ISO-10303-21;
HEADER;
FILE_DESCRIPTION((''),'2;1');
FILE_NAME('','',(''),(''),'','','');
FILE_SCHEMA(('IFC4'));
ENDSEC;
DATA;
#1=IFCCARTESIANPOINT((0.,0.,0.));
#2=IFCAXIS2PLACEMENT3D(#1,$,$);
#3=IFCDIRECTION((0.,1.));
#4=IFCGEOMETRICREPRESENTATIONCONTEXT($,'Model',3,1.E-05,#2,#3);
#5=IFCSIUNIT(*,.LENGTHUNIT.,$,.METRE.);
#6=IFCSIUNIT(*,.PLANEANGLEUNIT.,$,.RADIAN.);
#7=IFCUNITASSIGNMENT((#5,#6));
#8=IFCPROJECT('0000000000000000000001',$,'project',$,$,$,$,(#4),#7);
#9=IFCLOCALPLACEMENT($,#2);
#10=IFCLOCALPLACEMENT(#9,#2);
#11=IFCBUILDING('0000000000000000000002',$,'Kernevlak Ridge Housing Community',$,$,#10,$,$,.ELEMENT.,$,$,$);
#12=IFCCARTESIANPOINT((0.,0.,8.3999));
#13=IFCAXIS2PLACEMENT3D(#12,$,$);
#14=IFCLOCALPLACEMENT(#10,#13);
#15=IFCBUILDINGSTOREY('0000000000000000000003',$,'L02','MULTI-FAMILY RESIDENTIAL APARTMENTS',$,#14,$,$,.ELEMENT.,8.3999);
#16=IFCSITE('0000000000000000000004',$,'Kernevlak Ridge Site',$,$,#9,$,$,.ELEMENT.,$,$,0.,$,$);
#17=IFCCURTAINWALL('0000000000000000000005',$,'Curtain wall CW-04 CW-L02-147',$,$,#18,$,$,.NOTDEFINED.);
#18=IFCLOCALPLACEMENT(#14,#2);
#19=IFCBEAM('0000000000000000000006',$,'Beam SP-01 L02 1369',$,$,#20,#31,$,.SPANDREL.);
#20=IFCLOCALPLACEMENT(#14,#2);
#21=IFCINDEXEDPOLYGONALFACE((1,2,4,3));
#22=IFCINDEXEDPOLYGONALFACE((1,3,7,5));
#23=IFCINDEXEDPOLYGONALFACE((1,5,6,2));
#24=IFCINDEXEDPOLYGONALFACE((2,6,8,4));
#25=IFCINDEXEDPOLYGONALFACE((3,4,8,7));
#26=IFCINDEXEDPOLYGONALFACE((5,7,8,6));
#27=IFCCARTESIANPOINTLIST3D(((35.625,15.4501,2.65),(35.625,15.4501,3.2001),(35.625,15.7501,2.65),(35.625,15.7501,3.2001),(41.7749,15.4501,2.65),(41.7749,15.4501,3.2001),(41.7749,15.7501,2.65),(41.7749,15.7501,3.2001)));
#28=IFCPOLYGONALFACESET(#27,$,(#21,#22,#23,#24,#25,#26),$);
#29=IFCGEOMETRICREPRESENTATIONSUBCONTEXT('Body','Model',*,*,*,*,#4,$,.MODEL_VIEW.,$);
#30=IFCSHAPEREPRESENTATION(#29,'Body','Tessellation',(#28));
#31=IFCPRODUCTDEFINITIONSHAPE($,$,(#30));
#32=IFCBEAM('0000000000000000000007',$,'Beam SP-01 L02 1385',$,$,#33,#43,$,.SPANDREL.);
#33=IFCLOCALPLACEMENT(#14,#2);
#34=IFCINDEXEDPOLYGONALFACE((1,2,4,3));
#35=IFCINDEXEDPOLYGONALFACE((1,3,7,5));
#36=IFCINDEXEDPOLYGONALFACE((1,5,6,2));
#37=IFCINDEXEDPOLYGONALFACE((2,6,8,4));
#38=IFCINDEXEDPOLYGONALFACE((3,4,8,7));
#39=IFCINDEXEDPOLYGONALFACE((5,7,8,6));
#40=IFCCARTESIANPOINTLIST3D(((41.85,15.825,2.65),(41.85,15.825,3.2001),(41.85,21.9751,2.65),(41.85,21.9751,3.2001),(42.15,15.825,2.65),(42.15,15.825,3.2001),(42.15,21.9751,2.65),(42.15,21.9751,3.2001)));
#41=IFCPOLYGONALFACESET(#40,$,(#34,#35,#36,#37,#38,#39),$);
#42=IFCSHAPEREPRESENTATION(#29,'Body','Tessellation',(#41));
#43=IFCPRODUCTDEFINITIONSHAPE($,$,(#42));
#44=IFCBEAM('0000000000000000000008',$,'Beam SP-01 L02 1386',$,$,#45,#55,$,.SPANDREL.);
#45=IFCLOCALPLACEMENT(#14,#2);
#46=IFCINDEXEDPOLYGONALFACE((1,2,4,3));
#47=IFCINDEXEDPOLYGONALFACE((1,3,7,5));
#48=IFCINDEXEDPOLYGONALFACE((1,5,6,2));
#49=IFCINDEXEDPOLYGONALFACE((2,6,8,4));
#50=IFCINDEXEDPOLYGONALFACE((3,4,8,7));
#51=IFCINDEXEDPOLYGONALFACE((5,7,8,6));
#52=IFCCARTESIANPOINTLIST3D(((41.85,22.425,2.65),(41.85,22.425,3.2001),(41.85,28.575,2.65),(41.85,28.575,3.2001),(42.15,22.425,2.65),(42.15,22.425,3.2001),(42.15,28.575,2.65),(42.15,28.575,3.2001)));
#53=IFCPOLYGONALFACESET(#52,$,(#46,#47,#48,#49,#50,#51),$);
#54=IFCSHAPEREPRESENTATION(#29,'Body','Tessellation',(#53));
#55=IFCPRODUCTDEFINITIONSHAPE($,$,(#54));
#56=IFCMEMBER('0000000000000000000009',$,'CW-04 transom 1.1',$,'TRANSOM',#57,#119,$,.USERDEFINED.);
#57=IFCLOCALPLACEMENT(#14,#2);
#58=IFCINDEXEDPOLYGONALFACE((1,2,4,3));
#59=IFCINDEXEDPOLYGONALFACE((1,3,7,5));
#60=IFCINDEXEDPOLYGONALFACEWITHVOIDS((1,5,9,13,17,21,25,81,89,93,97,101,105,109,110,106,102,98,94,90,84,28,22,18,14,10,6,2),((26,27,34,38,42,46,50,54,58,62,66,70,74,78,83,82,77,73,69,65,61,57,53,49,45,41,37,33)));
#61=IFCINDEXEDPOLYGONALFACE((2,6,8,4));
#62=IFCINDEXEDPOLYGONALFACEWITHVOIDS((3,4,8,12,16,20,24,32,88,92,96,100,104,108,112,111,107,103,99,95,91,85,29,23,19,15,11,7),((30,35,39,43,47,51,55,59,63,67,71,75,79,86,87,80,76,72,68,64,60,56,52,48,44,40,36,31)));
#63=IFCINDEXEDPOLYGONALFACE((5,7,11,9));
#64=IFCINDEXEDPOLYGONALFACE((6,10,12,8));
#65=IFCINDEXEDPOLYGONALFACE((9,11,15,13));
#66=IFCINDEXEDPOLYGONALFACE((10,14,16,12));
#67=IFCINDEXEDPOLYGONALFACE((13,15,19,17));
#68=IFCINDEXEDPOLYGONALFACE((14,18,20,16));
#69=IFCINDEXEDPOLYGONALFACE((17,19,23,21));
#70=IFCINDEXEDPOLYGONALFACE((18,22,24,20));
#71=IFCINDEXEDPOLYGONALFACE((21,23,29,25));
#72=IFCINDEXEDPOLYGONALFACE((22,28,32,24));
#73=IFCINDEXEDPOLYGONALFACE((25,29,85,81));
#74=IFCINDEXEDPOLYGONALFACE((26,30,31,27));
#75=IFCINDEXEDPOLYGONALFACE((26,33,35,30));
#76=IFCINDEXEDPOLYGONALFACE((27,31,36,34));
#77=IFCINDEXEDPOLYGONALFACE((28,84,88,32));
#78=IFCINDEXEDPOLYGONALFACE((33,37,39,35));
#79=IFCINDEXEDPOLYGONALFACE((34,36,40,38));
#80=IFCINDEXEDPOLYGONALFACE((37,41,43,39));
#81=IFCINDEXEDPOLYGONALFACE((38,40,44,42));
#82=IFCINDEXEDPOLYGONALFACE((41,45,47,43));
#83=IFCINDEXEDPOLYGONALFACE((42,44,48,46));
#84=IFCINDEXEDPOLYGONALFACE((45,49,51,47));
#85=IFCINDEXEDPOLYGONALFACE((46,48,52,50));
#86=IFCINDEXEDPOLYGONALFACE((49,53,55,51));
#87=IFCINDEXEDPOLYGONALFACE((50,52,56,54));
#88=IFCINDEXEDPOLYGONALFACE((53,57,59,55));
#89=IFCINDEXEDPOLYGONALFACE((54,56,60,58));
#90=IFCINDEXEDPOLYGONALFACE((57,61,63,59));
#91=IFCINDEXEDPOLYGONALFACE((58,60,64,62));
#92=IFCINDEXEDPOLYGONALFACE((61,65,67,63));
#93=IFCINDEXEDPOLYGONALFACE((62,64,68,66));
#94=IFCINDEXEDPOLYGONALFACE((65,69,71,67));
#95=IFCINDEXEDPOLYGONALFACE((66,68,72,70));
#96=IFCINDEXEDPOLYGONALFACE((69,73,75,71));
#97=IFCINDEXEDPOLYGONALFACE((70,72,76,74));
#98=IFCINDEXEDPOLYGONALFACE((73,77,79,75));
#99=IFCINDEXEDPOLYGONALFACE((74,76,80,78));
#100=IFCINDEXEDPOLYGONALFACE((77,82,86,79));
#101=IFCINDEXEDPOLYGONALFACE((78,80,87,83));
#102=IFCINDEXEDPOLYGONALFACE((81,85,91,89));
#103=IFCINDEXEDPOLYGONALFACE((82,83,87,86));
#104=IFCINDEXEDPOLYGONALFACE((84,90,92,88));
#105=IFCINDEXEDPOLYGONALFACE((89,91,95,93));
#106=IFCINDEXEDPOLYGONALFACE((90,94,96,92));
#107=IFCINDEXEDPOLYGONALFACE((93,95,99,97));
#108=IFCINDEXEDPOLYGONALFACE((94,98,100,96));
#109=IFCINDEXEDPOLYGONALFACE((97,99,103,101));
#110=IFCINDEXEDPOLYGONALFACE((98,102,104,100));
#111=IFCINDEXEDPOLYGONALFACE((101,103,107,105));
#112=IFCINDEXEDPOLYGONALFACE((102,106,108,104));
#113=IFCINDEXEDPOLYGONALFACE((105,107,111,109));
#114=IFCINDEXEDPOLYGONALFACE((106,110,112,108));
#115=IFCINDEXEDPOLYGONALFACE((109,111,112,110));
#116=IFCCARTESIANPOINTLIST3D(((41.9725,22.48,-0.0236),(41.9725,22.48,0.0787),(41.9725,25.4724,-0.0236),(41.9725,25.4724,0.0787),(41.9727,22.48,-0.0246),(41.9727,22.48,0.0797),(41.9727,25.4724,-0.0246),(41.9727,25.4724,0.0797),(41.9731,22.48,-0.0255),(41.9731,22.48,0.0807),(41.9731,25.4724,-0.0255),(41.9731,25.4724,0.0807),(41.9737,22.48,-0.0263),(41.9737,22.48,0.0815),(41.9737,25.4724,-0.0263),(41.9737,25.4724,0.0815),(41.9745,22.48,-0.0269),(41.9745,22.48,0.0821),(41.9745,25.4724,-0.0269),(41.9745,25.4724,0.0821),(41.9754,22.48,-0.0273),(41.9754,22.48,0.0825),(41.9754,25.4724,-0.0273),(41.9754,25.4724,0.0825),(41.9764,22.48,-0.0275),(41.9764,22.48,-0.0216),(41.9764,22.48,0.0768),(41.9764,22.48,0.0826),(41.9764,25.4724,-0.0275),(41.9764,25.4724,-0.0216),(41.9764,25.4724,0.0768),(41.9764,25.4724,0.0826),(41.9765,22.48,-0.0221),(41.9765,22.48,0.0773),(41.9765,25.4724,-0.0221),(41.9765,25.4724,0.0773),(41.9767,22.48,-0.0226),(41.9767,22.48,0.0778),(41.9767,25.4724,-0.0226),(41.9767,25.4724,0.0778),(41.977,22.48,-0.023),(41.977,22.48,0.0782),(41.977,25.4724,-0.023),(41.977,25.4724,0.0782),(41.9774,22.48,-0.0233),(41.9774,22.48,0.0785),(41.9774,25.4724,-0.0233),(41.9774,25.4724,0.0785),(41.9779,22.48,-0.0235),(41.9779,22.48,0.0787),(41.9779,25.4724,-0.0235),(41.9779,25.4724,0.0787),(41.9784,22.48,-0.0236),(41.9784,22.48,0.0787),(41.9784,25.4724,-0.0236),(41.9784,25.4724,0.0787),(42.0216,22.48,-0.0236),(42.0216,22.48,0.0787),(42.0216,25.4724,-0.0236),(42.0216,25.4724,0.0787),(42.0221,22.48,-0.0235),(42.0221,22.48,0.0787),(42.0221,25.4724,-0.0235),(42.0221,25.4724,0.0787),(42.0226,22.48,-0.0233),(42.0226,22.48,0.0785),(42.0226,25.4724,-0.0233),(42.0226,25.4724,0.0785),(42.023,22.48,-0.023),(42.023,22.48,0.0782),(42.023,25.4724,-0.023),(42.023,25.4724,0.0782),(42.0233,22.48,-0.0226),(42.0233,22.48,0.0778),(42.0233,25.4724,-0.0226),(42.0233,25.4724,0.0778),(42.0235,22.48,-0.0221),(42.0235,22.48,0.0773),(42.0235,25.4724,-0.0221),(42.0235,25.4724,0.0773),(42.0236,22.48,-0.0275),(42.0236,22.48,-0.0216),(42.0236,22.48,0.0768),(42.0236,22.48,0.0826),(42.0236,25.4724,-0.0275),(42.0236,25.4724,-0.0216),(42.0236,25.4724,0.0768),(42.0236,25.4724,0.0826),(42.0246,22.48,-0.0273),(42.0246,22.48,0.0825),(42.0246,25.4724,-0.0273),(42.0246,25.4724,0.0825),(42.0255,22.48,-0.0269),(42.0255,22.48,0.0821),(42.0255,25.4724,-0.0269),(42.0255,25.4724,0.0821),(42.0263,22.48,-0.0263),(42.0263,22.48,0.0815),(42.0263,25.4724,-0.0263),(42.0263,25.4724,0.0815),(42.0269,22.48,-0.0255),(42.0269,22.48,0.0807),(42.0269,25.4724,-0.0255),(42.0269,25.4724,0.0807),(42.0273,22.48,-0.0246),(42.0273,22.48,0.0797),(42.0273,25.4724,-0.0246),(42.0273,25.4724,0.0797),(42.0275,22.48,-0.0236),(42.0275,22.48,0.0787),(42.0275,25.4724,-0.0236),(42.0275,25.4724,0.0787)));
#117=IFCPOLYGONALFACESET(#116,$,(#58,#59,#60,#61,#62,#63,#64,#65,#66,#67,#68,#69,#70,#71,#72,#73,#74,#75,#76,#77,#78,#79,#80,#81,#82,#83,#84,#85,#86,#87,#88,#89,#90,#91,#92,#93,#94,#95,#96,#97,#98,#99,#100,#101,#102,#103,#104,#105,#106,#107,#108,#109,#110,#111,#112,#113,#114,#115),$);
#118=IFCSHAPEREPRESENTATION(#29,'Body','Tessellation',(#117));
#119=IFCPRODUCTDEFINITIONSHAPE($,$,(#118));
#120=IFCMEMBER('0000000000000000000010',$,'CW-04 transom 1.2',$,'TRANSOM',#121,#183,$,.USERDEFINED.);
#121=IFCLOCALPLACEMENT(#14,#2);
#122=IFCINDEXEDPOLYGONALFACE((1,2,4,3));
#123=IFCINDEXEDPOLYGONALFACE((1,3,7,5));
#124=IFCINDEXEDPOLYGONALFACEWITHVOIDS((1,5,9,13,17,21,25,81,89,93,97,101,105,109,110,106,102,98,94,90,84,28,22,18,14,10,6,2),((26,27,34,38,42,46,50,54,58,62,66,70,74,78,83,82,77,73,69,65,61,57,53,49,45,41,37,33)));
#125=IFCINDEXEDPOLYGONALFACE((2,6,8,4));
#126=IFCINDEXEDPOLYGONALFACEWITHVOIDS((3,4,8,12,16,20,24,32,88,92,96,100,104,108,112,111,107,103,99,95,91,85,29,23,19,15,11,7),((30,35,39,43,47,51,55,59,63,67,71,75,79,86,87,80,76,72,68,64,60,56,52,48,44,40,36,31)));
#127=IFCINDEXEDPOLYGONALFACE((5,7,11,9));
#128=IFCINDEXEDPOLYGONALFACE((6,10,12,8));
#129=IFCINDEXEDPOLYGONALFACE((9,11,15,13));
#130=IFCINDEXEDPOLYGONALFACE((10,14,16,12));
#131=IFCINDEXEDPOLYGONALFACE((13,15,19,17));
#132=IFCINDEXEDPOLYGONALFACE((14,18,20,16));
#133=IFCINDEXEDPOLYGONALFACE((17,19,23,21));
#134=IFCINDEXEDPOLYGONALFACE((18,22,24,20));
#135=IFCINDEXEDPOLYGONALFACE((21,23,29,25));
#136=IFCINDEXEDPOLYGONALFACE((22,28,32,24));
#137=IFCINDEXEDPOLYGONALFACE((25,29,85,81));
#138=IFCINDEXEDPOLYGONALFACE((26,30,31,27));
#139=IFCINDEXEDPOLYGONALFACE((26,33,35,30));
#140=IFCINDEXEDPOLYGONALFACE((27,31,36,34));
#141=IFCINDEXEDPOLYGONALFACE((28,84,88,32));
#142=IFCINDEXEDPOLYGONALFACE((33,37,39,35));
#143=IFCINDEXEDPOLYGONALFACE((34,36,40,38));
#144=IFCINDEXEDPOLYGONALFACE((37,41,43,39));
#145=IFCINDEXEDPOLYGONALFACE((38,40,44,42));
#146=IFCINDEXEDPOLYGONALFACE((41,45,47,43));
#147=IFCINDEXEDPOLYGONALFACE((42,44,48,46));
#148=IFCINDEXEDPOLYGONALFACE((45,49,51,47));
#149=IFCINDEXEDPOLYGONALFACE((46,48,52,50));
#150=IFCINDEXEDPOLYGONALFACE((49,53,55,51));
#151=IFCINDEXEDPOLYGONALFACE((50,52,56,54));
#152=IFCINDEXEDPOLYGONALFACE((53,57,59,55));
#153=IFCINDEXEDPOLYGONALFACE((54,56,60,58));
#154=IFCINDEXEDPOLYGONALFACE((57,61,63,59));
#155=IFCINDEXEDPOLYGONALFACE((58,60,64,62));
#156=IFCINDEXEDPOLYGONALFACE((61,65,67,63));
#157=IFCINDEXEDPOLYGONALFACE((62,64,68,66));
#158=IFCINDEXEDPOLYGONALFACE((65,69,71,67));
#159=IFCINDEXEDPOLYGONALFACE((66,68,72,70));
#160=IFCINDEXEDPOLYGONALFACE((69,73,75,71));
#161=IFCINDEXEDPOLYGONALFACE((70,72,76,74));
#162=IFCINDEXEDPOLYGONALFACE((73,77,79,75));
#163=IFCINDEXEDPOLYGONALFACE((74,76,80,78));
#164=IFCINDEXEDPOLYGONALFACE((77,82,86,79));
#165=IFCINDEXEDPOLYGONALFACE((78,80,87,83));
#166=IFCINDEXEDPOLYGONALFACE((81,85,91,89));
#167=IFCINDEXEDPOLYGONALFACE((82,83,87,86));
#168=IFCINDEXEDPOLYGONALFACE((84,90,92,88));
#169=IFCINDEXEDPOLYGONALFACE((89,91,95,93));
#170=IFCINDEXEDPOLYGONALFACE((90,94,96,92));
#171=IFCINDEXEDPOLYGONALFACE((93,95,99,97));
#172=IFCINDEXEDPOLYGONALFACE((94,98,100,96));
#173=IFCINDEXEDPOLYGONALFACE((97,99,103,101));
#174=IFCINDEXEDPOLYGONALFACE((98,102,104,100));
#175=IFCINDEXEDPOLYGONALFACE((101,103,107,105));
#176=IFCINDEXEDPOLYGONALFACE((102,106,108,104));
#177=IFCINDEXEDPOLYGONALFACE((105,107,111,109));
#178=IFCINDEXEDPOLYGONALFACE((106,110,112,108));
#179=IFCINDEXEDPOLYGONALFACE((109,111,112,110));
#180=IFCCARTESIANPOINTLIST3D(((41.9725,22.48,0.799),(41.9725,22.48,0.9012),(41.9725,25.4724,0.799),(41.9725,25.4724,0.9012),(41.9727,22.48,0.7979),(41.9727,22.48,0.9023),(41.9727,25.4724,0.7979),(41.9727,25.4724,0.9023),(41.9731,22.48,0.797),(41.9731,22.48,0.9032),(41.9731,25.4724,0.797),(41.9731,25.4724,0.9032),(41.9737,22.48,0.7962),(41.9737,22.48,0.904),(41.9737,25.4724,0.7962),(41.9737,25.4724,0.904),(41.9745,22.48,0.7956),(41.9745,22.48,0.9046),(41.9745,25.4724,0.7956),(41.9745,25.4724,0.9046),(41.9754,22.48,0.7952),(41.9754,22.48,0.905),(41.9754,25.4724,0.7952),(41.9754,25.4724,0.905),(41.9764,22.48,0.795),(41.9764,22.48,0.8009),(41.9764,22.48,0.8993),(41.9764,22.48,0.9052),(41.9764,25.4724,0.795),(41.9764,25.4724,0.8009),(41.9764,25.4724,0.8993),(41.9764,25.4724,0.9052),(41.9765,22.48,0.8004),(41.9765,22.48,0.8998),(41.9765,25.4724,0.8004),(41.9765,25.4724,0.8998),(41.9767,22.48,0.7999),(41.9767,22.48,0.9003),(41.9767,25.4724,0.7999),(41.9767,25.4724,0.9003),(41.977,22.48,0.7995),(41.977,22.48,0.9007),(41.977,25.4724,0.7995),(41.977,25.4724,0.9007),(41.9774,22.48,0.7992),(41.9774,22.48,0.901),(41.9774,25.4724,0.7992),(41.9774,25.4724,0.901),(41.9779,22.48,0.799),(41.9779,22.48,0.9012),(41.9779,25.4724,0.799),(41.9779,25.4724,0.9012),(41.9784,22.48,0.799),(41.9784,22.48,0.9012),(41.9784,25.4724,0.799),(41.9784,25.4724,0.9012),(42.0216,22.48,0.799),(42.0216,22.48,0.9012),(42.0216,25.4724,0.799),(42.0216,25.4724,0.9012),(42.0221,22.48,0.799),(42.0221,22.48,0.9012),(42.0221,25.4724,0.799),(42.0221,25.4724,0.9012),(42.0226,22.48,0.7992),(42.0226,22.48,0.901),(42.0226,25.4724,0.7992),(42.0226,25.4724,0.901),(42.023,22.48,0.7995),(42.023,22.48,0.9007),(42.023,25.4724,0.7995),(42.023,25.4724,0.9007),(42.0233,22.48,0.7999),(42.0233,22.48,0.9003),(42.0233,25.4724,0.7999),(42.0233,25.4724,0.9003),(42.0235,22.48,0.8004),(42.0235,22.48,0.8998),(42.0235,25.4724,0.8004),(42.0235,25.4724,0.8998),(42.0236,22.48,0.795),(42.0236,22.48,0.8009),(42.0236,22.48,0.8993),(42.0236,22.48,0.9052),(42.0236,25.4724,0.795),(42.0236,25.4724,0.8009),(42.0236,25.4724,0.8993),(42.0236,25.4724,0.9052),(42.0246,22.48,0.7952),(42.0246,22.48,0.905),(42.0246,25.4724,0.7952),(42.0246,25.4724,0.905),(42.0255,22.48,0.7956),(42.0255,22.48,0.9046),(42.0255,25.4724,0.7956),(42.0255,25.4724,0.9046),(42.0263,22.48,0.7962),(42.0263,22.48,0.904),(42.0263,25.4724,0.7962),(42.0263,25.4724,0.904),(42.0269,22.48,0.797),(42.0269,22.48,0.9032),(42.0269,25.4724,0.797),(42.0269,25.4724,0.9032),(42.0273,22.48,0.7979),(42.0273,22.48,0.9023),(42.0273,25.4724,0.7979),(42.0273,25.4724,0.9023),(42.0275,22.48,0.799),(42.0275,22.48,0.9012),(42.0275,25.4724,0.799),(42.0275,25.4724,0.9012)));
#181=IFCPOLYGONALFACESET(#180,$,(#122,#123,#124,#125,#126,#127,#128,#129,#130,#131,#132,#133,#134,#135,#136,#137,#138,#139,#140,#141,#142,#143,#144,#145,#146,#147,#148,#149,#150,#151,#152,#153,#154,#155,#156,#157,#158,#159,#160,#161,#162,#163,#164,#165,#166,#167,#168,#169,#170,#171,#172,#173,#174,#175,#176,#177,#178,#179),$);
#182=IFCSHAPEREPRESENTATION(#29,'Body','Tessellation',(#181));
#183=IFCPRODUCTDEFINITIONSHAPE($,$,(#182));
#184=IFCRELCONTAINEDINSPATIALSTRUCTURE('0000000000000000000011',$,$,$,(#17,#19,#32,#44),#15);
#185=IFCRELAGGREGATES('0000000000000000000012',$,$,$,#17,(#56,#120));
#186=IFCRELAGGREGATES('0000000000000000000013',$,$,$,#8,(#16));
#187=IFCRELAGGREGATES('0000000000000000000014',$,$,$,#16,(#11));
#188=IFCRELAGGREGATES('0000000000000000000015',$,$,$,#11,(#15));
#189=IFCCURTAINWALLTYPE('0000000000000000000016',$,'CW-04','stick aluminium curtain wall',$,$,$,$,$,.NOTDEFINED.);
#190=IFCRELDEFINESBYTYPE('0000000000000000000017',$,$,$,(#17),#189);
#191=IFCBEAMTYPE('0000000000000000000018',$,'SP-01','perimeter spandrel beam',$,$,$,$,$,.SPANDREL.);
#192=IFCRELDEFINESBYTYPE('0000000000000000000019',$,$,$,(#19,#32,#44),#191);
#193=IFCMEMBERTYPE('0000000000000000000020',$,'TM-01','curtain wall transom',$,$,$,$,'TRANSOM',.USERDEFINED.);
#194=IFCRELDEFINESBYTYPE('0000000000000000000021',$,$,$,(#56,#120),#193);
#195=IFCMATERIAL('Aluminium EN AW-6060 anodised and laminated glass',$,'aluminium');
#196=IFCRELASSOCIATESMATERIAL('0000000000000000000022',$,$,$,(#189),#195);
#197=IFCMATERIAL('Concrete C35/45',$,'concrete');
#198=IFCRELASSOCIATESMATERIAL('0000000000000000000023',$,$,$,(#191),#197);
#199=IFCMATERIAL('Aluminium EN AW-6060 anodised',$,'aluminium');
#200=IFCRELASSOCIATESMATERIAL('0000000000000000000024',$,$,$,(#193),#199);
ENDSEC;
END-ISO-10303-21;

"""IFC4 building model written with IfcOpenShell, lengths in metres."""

from ifc_helpers import new_model, si_unit, direction, frame, origin, origin_2d, place, context, subcontext, project, spatial, rectangle, hollow_rectangle, extrude, material, material_profile, profile_set, type_object, element, aggregate, save


model = new_model("IFC4")

# Units and contexts
model_context = context("Model", 3, precision=1e-05, world=origin(), true_north=direction((0.0, 1.0)))
body_context = subcontext(model_context, "Body", "Model", "MODEL_VIEW")
ifc_project = project(units=[si_unit("LENGTHUNIT", "METRE"), si_unit("PLANEANGLEUNIT", "RADIAN")], contexts=[model_context])

# Site, building, storey
site_placement = place(None, origin())
site = spatial("IfcSite", under=ifc_project, at=site_placement, Name="Kernevlak Ridge Site", CompositionType="ELEMENT", RefElevation=0.0)
building_placement = place(site_placement, origin())
building = spatial("IfcBuilding", under=site, at=building_placement, Name="Kernevlak Ridge Housing Community", CompositionType="ELEMENT")
storey_placement = place(building_placement, frame((0.0, 0.0, 8.3999)))
storey = spatial("IfcBuildingStorey", under=building, at=storey_placement, Name="L02", Description="MULTI-FAMILY RESIDENTIAL APARTMENTS", CompositionType="ELEMENT", Elevation=8.3999)

# Shared definitions
ifc_material_1 = material(Name="Concrete C35/45", Category="concrete")

# Curtain wall
ifc_material_2 = material(Name="Aluminium EN AW-6060 anodised and laminated glass", Category="aluminium")
curtain_wall_type = type_object("IfcCurtainWallType", Name="CW-04", Description="stick aluminium curtain wall", PredefinedType="NOTDEFINED", material=ifc_material_2)
curtain_wall_placement = place(storey_placement, origin())
curtain_wall = element("IfcCurtainWall", 1, at=curtain_wall_placement, inside=storey, type_object=curtain_wall_type, Name="Curtain wall CW-04 CW-L02-147", PredefinedType="NOTDEFINED")
ifc_material_3 = material(Name="Aluminium EN AW-6060 anodised", Category="aluminium")

# Beams
ifc_material_profile_1 = material_profile(ifc_material_1, rectangle(XDim=0.3, YDim=0.55, at=origin_2d()), Name="RC 300x550")
ifc_profile_set_1 = profile_set([ifc_material_profile_1], Name="Concrete C35/45")
beam_type_1 = type_object("IfcBeamType", Name="SP-01", Description="perimeter spandrel beam", PredefinedType="SPANDREL", material=ifc_profile_set_1)
beam_1_placement = place(storey_placement, frame((35.625, 15.6001, 2.925), z_axis=(1.0, 0.0, 0.0), x_axis=(0.0, 1.0, 0.0)))
element("IfcBeam", 2, at=beam_1_placement, inside=storey, type_object=beam_type_1, Name="Beam SP-01 L02 1369", PredefinedType="SPANDREL", context=body_context, shape_type="SweptSolid", body=[
    extrude(rectangle(XDim=0.3, YDim=0.55, at=origin_2d()), origin(), (0.0, 0.0, 1.0), 6.1499),
])
beam_2_placement = place(storey_placement, frame((42.0, 15.825, 2.925), z_axis=(0.0, 1.0, 0.0), x_axis=(-1.0, 0.0, 0.0)))
element("IfcBeam", 3, at=beam_2_placement, inside=storey, type_object=beam_type_1, Name="Beam SP-01 L02 1385", PredefinedType="SPANDREL", context=body_context, shape_type="SweptSolid", body=[
    extrude(rectangle(XDim=0.3, YDim=0.55, at=origin_2d()), origin(), (0.0, 0.0, 1.0), 6.1501),
])
beam_3_placement = place(storey_placement, frame((42.0, 22.425, 2.925), z_axis=(0.0, 1.0, 0.0), x_axis=(-1.0, 0.0, 0.0)))
element("IfcBeam", 4, at=beam_3_placement, inside=storey, type_object=beam_type_1, Name="Beam SP-01 L02 1386", PredefinedType="SPANDREL", context=body_context, shape_type="SweptSolid", body=[
    extrude(rectangle(XDim=0.3, YDim=0.55, at=origin_2d()), origin(), (0.0, 0.0, 1.0), 6.1499),
])

# Members
ifc_material_profile_2 = material_profile(ifc_material_3, hollow_rectangle(XDim=0.0549, YDim=0.1101, WallThickness=0.0039, InnerFilletRadius=0.002, OuterFilletRadius=0.0039, at=origin_2d()), Name="ALU 55x110x4")
ifc_profile_set_2 = profile_set([ifc_material_profile_2], Name="Aluminium EN AW-6060 anodised")
member_type_1 = type_object("IfcMemberType", Name="TM-01", Description="curtain wall transom", ElementType="TRANSOM", PredefinedType="USERDEFINED", material=ifc_profile_set_2)
member_1_placement = place(storey_placement, frame((42.0, 22.48, 0.0276), z_axis=(0.0, 1.0, 0.0), x_axis=(-1.0, 0.0, 0.0)))
member_1 = element("IfcMember", 5, at=member_1_placement, type_object=member_type_1, Name="CW-04 transom 1.1", ObjectType="TRANSOM", PredefinedType="USERDEFINED", context=body_context, shape_type="SweptSolid", body=[
    extrude(hollow_rectangle(XDim=0.0549, YDim=0.1101, WallThickness=0.0039, InnerFilletRadius=0.002, OuterFilletRadius=0.0039, at=origin_2d()), origin(), (0.0, 0.0, 1.0), 2.9924),
])
member_2_placement = place(storey_placement, frame((42.0, 22.48, 0.8501), z_axis=(0.0, 1.0, 0.0), x_axis=(-1.0, 0.0, 0.0)))
member_2 = element("IfcMember", 6, at=member_2_placement, type_object=member_type_1, Name="CW-04 transom 1.2", ObjectType="TRANSOM", PredefinedType="USERDEFINED", context=body_context, shape_type="SweptSolid", body=[
    extrude(hollow_rectangle(XDim=0.0549, YDim=0.1101, WallThickness=0.0039, InnerFilletRadius=0.002, OuterFilletRadius=0.0039, at=origin_2d()), origin(), (0.0, 0.0, 1.0), 2.9924),
])

aggregate(curtain_wall, [member_1, member_2])

save(model, "model.ifc")
